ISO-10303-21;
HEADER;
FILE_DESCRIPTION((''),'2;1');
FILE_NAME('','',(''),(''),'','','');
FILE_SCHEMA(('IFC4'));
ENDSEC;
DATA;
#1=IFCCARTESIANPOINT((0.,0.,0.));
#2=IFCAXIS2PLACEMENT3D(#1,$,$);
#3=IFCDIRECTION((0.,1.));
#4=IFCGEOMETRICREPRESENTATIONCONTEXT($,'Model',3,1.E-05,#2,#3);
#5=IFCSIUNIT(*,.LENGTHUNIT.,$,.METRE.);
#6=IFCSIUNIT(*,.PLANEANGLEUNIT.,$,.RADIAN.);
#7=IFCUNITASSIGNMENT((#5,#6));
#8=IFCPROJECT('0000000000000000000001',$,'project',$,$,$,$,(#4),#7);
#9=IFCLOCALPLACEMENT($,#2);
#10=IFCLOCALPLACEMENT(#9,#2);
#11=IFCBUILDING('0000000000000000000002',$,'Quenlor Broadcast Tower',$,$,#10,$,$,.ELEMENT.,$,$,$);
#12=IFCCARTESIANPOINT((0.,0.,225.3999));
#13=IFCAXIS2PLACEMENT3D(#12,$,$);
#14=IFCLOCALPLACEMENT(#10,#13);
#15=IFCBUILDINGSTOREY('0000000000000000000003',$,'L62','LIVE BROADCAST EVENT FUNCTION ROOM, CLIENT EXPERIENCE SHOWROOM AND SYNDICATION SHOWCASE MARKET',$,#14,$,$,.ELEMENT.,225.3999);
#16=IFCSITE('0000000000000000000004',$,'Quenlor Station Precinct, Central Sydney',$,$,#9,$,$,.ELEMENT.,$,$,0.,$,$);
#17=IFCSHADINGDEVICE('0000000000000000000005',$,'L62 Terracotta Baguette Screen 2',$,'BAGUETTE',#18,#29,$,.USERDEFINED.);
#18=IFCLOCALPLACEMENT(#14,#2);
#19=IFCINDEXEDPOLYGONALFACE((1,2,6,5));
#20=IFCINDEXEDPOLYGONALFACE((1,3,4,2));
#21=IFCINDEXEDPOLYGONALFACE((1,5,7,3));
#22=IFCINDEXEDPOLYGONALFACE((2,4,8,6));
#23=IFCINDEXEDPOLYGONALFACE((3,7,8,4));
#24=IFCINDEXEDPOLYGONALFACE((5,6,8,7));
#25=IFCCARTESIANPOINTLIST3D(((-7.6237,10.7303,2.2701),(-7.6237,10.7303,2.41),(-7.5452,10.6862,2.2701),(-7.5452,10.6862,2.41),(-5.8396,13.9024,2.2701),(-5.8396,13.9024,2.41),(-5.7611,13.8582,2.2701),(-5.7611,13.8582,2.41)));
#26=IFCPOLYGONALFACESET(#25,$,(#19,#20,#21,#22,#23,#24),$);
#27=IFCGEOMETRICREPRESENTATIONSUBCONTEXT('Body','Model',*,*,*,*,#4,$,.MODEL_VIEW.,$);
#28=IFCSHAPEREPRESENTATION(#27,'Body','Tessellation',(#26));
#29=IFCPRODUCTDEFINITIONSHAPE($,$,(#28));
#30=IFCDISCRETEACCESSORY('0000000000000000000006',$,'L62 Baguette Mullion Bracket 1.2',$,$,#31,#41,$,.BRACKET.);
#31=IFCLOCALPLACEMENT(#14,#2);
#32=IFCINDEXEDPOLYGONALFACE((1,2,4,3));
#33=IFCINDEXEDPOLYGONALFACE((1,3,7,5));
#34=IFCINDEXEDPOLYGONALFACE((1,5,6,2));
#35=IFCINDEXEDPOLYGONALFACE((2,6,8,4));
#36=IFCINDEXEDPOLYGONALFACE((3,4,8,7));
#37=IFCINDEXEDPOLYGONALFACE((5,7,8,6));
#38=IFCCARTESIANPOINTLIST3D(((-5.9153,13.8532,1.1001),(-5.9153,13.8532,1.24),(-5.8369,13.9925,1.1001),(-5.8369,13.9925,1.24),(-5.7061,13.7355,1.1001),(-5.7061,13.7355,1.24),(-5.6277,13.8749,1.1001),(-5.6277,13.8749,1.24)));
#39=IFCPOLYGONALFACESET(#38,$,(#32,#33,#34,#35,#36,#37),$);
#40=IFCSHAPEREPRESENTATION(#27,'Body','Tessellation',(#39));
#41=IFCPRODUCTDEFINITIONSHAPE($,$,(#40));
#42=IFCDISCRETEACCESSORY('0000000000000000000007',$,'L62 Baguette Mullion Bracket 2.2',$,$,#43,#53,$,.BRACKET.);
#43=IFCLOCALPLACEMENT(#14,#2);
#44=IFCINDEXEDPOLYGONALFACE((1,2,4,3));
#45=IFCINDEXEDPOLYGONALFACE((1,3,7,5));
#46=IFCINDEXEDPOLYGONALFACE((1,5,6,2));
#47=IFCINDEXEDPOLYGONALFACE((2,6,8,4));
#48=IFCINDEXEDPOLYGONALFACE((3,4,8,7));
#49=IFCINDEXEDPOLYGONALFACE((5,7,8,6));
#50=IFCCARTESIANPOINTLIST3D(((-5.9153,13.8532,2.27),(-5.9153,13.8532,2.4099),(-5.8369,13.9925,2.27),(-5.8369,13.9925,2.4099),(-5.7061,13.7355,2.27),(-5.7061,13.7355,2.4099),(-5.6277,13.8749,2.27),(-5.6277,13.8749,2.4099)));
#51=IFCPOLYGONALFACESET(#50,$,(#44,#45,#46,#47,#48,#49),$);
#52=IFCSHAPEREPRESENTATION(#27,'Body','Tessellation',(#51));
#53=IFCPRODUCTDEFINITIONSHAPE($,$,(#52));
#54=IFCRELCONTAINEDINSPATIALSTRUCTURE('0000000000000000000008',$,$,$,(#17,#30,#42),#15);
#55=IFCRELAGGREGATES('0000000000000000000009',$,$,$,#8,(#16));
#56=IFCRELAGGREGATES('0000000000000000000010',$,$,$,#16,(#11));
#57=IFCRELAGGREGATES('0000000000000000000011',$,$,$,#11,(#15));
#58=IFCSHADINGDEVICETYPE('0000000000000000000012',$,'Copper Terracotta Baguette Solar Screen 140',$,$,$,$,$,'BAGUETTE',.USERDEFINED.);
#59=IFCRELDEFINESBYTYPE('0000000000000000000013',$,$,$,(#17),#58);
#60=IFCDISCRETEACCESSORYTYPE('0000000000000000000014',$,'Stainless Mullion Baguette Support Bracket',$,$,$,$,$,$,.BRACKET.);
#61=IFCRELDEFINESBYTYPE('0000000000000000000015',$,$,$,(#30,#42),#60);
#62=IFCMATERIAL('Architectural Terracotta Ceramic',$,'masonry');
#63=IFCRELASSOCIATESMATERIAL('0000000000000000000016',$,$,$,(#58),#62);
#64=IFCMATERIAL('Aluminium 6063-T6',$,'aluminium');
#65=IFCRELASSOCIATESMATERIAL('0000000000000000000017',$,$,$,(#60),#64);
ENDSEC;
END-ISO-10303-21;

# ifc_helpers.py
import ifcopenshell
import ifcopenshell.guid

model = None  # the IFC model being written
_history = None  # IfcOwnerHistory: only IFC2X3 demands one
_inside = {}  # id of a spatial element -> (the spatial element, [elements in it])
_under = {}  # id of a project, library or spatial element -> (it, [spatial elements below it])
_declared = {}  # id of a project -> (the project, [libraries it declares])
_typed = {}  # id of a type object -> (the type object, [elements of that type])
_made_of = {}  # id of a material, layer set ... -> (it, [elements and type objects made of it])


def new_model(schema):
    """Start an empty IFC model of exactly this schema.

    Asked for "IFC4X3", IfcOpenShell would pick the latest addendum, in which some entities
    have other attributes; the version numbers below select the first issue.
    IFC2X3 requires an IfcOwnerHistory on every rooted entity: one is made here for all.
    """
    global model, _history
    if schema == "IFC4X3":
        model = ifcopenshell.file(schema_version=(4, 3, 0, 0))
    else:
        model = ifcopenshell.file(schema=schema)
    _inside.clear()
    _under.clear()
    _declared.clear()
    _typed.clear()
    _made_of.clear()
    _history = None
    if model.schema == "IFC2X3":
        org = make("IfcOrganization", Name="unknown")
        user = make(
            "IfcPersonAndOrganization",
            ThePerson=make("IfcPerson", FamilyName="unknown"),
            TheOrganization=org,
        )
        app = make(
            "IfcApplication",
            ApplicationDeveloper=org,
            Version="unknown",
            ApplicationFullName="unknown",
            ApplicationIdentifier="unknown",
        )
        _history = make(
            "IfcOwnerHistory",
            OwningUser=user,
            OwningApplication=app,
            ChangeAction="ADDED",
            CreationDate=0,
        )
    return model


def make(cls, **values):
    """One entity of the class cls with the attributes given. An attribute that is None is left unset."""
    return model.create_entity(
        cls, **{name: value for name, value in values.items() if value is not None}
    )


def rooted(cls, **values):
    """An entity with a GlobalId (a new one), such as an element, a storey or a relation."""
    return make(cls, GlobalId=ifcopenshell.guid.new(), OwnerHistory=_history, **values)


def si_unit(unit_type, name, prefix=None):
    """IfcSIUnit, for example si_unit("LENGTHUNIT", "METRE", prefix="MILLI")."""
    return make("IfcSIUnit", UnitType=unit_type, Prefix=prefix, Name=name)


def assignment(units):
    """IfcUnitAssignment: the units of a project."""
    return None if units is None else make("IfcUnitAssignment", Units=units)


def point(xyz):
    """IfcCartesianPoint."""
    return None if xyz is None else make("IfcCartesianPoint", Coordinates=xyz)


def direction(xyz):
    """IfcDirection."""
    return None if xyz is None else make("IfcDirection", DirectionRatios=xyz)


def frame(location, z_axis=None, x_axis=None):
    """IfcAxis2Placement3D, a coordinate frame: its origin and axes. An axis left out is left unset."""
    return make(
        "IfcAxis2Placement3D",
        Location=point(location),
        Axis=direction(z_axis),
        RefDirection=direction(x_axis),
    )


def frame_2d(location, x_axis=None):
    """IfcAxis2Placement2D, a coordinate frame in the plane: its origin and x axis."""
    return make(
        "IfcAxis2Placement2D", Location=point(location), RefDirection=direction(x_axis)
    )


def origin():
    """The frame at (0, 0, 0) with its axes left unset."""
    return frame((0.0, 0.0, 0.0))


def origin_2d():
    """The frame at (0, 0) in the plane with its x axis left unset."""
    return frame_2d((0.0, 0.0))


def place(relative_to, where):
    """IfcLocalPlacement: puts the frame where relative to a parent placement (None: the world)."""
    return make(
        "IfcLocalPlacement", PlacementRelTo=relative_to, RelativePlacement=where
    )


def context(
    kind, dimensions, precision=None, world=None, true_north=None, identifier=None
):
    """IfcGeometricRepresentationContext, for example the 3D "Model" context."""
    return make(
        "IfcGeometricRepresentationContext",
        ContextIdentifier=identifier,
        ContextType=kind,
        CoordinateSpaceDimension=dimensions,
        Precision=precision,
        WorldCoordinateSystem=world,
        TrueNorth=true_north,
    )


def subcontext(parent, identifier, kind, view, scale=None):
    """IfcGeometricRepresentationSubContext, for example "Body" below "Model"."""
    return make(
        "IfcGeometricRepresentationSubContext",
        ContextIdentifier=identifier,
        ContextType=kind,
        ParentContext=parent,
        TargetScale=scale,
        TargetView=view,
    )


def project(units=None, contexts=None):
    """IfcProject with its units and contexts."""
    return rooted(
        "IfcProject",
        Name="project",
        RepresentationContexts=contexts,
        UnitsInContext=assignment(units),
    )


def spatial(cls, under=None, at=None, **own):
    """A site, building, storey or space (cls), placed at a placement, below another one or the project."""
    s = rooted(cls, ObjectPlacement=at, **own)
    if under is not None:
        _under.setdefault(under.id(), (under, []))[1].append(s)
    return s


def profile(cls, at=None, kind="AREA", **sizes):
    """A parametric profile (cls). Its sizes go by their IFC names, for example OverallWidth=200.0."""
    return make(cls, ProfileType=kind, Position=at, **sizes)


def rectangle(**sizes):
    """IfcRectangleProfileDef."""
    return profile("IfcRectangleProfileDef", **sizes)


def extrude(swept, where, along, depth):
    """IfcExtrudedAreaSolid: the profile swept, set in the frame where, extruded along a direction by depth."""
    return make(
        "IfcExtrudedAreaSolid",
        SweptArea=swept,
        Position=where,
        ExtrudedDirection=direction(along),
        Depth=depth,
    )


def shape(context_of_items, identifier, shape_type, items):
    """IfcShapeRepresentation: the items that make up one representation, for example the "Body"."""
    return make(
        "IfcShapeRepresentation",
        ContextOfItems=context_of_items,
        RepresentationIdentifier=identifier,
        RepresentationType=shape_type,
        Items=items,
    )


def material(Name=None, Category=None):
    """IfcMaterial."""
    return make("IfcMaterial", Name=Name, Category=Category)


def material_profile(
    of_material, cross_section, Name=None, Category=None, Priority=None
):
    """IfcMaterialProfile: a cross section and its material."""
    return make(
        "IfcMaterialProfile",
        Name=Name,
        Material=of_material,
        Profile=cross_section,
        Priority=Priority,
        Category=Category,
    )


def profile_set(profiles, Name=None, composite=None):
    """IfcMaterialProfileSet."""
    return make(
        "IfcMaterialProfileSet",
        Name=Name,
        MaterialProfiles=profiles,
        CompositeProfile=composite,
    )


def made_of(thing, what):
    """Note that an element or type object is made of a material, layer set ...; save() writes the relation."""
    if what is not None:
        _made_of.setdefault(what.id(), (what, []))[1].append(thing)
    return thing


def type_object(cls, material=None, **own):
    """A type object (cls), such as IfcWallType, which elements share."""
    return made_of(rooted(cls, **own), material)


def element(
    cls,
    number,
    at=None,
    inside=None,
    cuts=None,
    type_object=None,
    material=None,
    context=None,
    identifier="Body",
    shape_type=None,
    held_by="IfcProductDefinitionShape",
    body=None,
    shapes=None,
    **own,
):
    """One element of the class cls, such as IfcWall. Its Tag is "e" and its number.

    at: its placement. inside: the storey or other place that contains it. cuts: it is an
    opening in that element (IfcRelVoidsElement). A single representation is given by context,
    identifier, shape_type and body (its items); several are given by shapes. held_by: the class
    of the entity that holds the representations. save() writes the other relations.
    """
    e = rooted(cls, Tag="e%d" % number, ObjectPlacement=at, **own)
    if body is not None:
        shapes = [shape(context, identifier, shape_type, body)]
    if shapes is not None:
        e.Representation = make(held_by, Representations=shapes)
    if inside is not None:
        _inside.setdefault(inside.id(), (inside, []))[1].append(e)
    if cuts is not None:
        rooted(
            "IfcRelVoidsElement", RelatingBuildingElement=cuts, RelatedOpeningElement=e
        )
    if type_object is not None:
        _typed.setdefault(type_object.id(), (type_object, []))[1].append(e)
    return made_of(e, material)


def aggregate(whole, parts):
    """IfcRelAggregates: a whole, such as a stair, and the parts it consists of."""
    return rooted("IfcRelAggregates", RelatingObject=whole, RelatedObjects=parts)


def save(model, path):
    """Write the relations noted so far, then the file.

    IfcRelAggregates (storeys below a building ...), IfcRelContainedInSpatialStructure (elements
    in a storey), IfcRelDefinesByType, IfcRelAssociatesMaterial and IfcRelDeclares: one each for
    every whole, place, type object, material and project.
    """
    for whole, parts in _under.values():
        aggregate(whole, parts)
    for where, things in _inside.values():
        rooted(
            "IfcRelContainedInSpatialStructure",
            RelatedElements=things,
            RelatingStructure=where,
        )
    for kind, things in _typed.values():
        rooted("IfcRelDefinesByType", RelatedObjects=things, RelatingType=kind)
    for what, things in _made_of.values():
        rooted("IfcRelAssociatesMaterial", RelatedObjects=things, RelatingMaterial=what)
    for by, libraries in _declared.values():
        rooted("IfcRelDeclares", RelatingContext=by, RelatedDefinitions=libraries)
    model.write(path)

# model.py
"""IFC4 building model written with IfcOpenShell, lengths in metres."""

from ifc_helpers import new_model, si_unit, direction, frame, origin, origin_2d, place, context, subcontext, project, spatial, rectangle, extrude, material, material_profile, profile_set, type_object, element, save


model = new_model("IFC4")

# Units and contexts
model_context = context("Model", 3, precision=1e-05, world=origin(), true_north=direction((0.0, 1.0)))
body_context = subcontext(model_context, "Body", "Model", "MODEL_VIEW")
ifc_project = project(units=[si_unit("LENGTHUNIT", "METRE"), si_unit("PLANEANGLEUNIT", "RADIAN")], contexts=[model_context])

# Site, building, storey
site_placement = place(None, origin())
site = spatial("IfcSite", under=ifc_project, at=site_placement, Name="Quenlor Station Precinct, Central Sydney", CompositionType="ELEMENT", RefElevation=0.0)
building_placement = place(site_placement, origin())
building = spatial("IfcBuilding", under=site, at=building_placement, Name="Quenlor Broadcast Tower", CompositionType="ELEMENT")
storey_placement = place(building_placement, frame((0.0, 0.0, 225.3999)))
storey = spatial("IfcBuildingStorey", under=building, at=storey_placement, Name="L62", Description="LIVE BROADCAST EVENT FUNCTION ROOM, CLIENT EXPERIENCE SHOWROOM AND SYNDICATION SHOWCASE MARKET", CompositionType="ELEMENT", Elevation=225.3999)

# Shading device
ifc_material_1 = material(Name="Architectural Terracotta Ceramic", Category="masonry")
ifc_material_profile_1 = material_profile(ifc_material_1, rectangle(XDim=0.0901, YDim=0.1399, at=origin_2d()))
ifc_profile_set_1 = profile_set([ifc_material_profile_1], Name="Architectural Terracotta Ceramic BAG90x140")
shading_device_type = type_object("IfcShadingDeviceType", Name="Copper Terracotta Baguette Solar Screen 140", ElementType="BAGUETTE", PredefinedType="USERDEFINED", material=ifc_profile_set_1)
shading_device_placement = place(storey_placement, frame((-7.5845, 10.7083, 2.3401), z_axis=(0.490233, 0.871592, 0.0), x_axis=(-0.871592, 0.490233, 0.0)))
element("IfcShadingDevice", 1, at=shading_device_placement, inside=storey, type_object=shading_device_type, Name="L62 Terracotta Baguette Screen 2", ObjectType="BAGUETTE", PredefinedType="USERDEFINED", context=body_context, shape_type="SweptSolid", body=[
    extrude(rectangle(XDim=0.0901, YDim=0.1399, at=origin_2d()), origin(), (0.0, 0.0, 1.0), 3.6394),
])

# Discrete accessories
ifc_material_2 = material(Name="Aluminium 6063-T6", Category="aluminium")
discrete_accessory_type = type_object("IfcDiscreteAccessoryType", Name="Stainless Mullion Baguette Support Bracket", PredefinedType="BRACKET", material=ifc_material_2)
for number, where, z_axis, x_axis, name in (
    (2, (-5.7715, 13.864, 1.1001), (0.0, 0.0, 1.0), (0.49026, 0.871576, 0.0), "L62 Baguette Mullion Bracket 1.2"),
    (3, (-5.7715, 13.864, 2.27), (0.0, 0.0, 1.0), (0.49026, 0.871576, 0.0), "L62 Baguette Mullion Bracket 2.2"),
):
    element("IfcDiscreteAccessory", number, at=place(storey_placement, frame(where, z_axis=z_axis, x_axis=x_axis)), inside=storey, type_object=discrete_accessory_type, Name=name, PredefinedType="BRACKET", context=body_context, shape_type="SweptSolid", body=[
        extrude(rectangle(XDim=0.1599, YDim=0.24, at=origin_2d()), origin(), (0.0, 0.0, 1.0), 0.1399),
    ])

save(model, "model.ifc")
